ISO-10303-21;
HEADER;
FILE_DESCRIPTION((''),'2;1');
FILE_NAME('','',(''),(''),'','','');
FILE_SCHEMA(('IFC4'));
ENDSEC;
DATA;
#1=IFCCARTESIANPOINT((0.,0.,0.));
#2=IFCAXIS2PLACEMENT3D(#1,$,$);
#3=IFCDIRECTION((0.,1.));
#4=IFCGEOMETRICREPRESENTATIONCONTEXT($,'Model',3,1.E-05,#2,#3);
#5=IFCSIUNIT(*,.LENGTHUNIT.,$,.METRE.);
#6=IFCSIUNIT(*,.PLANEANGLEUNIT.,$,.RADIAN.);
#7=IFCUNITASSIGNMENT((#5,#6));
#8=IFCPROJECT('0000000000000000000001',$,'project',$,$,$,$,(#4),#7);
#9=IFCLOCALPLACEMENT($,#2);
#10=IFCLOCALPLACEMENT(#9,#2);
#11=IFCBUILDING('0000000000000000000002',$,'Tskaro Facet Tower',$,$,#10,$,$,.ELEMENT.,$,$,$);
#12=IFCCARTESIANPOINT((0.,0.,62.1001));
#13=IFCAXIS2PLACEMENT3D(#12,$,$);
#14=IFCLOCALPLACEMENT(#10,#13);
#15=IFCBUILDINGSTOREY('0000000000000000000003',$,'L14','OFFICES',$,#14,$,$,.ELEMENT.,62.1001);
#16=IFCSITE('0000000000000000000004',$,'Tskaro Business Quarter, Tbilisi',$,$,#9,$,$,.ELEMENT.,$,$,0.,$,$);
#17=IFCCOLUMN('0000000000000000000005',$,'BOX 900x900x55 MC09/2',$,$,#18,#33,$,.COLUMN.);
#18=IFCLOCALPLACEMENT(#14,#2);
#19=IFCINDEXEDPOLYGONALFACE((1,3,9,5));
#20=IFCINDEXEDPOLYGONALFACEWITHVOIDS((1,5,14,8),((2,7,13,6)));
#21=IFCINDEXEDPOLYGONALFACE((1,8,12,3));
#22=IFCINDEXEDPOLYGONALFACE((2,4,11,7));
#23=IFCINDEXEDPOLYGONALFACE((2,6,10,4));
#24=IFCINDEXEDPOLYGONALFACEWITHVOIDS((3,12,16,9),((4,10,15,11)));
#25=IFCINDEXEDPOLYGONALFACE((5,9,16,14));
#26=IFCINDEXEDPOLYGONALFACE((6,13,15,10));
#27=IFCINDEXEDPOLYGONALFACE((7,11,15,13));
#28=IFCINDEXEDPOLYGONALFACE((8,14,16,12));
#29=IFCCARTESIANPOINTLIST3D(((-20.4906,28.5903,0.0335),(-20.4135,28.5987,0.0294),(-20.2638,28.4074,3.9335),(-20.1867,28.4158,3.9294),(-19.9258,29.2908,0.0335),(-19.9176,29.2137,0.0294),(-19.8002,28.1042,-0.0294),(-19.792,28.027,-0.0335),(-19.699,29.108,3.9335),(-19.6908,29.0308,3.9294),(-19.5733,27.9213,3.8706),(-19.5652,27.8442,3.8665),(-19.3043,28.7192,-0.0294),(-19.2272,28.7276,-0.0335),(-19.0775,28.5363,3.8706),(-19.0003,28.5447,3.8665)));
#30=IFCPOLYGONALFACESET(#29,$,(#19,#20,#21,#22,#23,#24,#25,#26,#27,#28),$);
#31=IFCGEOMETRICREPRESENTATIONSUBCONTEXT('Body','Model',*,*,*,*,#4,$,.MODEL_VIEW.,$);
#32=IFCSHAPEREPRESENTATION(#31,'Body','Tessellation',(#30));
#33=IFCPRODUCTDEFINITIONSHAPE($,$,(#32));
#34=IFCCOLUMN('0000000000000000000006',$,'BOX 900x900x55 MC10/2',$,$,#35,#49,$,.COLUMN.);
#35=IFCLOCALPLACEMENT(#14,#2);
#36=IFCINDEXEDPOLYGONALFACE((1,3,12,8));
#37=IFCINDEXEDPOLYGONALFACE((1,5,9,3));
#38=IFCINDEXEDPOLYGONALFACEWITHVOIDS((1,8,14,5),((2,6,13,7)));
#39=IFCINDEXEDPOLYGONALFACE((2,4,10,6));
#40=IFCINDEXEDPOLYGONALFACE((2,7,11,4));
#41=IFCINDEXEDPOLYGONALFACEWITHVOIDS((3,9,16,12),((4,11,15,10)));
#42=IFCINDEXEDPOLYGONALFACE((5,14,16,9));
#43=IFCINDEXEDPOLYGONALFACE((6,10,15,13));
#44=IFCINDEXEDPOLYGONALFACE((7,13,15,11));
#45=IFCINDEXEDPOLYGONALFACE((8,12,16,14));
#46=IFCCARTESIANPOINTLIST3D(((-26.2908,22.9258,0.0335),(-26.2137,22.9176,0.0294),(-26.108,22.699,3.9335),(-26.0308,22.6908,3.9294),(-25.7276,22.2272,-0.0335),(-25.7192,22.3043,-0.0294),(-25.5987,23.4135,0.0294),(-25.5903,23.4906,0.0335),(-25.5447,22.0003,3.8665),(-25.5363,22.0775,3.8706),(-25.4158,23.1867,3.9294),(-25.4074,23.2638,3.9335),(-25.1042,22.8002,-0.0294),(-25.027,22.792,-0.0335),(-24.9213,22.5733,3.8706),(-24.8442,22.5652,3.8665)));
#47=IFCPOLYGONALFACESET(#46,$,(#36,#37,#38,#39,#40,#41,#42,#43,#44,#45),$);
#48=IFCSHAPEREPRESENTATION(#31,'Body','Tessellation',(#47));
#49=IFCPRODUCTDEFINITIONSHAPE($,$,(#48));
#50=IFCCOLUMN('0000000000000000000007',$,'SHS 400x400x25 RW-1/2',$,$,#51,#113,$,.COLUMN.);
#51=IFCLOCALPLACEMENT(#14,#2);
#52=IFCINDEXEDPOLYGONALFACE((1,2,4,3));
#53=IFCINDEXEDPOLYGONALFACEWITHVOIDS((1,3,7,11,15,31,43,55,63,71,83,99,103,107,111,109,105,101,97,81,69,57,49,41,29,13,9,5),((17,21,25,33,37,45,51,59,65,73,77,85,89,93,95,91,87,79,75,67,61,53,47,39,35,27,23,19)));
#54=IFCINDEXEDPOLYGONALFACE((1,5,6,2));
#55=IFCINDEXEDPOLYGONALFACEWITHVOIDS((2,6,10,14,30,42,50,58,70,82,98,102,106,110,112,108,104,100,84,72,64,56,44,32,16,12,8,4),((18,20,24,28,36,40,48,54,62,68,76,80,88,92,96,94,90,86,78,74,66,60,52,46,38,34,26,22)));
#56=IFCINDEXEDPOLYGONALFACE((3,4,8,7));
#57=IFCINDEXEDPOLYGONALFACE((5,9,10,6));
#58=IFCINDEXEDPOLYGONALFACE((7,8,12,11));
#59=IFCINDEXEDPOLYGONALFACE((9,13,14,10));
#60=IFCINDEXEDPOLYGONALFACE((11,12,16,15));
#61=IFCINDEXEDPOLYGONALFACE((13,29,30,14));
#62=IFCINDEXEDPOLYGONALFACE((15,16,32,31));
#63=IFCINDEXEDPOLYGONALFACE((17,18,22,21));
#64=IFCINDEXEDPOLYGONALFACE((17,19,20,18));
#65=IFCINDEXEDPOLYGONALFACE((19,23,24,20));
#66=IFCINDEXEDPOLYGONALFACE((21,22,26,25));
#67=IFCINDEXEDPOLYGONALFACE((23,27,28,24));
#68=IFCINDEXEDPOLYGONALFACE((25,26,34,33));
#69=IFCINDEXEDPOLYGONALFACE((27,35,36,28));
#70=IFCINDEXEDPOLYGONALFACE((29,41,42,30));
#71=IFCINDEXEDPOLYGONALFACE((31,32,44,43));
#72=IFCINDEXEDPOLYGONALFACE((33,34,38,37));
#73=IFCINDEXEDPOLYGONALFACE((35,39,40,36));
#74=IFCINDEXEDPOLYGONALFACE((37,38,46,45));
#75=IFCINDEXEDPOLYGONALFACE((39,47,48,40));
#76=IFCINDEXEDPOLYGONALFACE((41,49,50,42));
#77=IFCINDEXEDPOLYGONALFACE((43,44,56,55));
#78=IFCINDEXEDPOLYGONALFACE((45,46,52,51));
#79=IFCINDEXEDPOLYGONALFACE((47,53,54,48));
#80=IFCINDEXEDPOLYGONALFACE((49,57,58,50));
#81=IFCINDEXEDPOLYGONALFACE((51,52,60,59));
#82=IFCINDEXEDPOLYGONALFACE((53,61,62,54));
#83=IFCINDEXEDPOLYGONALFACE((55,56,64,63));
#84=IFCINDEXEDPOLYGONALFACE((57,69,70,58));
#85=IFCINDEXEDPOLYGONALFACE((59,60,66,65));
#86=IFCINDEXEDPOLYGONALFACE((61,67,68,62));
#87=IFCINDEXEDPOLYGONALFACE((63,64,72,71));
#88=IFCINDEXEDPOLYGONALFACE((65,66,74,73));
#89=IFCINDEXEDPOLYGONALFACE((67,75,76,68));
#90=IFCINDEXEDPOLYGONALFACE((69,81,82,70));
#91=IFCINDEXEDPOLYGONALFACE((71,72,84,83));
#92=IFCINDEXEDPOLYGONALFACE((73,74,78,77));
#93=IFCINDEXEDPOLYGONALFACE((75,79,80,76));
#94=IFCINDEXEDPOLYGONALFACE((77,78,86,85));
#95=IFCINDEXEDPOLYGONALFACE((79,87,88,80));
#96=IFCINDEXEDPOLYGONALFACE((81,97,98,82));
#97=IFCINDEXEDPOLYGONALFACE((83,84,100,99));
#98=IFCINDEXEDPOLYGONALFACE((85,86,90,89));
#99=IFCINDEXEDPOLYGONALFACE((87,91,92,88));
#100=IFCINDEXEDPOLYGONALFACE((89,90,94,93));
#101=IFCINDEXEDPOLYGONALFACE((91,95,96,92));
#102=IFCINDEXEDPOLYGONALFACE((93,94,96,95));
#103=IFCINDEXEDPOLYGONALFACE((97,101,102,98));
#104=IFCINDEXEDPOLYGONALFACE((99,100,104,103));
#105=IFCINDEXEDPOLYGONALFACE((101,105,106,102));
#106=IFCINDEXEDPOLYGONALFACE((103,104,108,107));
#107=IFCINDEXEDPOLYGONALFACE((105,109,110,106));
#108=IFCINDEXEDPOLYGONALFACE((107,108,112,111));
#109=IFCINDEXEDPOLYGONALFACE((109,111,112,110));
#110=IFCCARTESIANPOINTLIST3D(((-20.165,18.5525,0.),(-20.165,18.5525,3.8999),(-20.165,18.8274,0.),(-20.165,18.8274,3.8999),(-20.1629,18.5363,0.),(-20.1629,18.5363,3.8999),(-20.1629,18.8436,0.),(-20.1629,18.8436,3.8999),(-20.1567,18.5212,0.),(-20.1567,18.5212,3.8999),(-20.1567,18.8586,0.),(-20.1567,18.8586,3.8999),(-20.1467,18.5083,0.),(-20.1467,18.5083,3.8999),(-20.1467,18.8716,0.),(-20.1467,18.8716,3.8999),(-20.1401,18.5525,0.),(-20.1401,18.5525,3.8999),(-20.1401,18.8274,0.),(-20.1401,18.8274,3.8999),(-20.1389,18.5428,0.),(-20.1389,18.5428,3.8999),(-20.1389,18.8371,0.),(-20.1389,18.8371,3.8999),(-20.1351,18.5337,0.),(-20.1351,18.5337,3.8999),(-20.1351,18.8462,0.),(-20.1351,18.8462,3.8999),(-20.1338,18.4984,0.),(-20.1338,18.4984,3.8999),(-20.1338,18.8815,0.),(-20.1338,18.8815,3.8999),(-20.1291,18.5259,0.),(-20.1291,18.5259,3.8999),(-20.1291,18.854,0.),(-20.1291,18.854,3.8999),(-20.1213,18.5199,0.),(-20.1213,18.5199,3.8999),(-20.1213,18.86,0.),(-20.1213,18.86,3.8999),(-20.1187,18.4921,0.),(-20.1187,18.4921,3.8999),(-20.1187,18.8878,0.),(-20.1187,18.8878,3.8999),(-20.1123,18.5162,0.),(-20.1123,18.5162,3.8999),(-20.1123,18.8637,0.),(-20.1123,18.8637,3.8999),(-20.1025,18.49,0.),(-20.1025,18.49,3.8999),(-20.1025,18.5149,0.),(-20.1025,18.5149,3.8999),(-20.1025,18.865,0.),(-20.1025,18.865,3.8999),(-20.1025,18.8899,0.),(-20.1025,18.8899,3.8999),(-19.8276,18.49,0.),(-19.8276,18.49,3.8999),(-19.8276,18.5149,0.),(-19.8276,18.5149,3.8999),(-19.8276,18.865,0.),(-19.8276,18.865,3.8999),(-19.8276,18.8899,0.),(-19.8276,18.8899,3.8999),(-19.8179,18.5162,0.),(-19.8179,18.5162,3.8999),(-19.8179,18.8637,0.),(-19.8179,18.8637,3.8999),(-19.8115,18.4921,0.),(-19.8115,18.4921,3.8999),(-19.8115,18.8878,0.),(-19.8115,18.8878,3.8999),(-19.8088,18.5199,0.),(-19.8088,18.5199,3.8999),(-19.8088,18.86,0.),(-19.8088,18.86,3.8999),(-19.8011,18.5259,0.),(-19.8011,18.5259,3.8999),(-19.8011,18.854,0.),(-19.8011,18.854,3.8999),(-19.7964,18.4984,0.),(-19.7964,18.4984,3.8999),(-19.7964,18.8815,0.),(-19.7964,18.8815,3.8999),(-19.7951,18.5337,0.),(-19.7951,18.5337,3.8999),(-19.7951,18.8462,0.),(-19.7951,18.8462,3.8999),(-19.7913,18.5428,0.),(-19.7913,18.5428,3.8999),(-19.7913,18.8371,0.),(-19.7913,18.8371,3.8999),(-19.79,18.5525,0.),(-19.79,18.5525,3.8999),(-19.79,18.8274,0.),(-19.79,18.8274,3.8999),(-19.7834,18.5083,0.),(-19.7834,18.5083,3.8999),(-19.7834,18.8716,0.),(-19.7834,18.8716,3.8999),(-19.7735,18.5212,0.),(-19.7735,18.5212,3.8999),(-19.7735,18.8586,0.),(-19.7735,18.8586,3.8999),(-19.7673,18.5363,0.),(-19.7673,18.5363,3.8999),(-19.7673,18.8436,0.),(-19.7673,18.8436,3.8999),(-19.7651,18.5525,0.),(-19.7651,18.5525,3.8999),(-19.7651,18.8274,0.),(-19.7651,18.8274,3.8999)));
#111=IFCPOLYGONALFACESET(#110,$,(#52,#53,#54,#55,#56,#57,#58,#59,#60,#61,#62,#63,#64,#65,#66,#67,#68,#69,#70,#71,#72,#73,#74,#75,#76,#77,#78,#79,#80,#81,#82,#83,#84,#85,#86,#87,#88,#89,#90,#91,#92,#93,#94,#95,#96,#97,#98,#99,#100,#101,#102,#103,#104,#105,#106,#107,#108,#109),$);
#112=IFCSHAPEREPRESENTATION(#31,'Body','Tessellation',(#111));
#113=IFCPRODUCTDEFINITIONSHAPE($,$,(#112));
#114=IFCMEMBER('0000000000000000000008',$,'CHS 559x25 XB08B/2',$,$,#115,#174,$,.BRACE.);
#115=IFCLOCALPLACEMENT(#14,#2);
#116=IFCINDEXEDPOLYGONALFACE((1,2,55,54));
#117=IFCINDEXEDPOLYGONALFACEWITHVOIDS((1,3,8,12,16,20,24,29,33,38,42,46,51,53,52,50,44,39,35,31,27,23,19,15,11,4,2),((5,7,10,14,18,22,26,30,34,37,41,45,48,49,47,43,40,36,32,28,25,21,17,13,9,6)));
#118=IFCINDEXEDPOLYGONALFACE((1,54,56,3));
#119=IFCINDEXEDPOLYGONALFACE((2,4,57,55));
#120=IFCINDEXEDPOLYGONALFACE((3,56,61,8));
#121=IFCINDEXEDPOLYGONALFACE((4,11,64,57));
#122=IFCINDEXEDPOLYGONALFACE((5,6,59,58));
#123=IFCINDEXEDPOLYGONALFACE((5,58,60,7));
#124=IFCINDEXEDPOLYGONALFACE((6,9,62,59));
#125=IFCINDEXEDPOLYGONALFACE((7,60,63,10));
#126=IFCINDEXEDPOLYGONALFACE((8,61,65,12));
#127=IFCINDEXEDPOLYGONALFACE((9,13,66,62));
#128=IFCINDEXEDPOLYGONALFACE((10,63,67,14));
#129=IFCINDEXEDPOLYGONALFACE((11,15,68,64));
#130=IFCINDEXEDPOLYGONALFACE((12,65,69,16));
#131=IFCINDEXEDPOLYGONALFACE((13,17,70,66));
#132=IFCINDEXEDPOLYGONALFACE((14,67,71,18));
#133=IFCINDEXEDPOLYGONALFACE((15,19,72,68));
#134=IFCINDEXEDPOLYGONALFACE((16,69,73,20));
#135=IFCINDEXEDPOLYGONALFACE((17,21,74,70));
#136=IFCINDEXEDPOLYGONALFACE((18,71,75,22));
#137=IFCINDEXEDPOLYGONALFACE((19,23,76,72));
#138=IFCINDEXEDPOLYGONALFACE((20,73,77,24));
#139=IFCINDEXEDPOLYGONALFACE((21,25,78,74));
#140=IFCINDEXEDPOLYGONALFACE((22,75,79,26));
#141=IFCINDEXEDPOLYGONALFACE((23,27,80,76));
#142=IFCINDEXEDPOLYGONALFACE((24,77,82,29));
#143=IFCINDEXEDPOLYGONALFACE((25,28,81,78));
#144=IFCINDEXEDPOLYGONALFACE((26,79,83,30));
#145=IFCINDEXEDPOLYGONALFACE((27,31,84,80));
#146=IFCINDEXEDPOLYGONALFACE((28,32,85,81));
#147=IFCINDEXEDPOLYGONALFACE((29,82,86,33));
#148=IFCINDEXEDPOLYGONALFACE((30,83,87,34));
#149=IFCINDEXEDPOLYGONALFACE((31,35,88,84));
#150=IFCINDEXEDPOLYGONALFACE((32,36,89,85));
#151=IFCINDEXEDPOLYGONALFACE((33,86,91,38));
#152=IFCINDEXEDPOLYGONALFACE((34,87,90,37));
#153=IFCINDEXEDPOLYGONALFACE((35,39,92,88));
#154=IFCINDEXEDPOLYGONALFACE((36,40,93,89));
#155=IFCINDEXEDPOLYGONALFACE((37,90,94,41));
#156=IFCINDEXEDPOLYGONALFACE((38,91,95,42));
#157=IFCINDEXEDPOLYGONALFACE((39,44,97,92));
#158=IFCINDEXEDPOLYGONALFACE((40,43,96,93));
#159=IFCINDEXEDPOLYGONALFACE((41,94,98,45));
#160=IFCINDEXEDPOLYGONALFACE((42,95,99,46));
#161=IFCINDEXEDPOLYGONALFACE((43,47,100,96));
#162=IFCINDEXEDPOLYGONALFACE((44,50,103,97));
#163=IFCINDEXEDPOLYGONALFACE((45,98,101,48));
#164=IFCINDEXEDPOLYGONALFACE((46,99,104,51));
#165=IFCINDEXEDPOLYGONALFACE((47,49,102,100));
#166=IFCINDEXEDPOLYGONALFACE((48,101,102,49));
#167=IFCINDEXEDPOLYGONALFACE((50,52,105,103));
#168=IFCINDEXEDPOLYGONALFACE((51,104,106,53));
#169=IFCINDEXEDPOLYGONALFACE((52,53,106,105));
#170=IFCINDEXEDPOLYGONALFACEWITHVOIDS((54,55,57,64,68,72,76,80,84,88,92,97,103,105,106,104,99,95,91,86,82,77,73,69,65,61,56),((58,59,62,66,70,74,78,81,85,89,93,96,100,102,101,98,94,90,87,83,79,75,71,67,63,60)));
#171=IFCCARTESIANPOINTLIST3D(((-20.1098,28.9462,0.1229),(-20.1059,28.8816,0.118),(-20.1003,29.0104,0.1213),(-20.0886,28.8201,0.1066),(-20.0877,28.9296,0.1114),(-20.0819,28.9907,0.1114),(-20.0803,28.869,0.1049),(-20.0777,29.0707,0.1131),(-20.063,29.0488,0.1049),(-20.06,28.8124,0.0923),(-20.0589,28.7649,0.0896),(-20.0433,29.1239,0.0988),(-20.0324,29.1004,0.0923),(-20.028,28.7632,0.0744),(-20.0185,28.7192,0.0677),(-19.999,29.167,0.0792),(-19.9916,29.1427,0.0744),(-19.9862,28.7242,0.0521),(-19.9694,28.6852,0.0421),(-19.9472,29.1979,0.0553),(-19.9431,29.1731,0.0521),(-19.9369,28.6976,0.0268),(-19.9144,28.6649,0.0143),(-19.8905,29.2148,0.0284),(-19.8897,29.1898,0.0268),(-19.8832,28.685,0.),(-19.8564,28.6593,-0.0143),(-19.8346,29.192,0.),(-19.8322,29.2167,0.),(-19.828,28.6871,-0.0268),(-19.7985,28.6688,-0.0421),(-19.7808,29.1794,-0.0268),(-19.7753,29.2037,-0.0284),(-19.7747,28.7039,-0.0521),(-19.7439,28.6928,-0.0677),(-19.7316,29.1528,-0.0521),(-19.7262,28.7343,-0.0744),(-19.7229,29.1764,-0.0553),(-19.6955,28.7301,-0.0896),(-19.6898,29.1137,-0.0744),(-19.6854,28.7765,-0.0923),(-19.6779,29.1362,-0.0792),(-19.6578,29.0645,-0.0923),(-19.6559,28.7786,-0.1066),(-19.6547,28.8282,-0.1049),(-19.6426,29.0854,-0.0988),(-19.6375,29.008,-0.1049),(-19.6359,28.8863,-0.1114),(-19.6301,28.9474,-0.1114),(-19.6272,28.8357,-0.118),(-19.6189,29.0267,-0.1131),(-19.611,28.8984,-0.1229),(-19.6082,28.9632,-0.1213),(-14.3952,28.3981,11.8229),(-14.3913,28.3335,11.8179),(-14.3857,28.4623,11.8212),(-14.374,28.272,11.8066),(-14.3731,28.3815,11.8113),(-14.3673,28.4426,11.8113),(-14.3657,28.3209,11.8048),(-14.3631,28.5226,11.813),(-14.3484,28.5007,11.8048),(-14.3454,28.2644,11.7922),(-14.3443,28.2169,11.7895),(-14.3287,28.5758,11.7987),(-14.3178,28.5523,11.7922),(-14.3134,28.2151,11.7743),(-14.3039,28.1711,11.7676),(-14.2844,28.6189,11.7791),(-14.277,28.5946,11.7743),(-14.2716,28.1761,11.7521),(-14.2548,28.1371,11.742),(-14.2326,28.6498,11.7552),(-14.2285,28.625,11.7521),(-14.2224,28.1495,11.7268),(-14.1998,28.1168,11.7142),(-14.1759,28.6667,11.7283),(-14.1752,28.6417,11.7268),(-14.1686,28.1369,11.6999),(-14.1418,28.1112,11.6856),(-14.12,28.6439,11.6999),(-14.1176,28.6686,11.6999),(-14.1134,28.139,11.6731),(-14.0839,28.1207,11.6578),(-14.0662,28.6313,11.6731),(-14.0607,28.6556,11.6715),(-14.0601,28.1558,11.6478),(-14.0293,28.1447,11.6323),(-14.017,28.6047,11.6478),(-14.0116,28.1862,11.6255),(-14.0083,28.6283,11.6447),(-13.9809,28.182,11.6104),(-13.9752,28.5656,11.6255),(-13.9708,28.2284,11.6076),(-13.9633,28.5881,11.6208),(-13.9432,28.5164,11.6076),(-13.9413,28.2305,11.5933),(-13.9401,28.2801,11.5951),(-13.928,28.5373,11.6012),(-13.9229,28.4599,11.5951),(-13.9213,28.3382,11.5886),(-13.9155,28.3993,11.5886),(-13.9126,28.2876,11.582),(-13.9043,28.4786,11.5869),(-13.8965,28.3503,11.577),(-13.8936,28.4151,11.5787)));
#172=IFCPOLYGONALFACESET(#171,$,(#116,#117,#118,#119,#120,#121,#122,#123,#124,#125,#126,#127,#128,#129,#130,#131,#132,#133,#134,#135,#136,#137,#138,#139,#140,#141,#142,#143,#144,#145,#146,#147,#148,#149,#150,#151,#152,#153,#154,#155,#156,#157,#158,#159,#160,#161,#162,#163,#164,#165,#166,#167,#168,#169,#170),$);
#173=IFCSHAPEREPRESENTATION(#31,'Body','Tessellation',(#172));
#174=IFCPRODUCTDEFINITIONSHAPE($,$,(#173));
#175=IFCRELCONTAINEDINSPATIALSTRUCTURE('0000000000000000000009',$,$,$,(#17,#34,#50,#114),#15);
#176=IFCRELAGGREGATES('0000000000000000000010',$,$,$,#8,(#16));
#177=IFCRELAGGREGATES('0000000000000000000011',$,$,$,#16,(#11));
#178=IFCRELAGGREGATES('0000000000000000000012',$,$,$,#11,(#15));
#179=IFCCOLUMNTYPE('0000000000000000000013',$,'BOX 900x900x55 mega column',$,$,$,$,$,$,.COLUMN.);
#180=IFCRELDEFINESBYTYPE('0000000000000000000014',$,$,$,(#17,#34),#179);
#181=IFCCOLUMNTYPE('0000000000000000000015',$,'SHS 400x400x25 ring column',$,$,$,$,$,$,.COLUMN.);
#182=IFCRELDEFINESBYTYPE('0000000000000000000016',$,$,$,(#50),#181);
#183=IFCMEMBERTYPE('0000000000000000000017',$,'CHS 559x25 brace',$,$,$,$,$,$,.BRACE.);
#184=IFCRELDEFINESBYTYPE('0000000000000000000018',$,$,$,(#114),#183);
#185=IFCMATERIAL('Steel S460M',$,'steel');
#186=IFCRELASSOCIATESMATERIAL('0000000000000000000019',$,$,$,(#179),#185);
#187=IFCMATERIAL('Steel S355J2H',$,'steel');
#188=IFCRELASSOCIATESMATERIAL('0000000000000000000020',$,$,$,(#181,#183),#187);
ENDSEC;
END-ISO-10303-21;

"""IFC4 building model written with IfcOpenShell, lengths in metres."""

from ifc_helpers import new_model, si_unit, direction, frame, origin, origin_2d, place, context, subcontext, project, spatial, hollow_rectangle, hollow_circle, extrude, material, material_profile, profile_set, type_object, element, save


model = new_model("IFC4")

# Units and contexts
model_context = context("Model", 3, precision=1e-05, world=origin(), true_north=direction((0.0, 1.0)))
body_context = subcontext(model_context, "Body", "Model", "MODEL_VIEW")
ifc_project = project(units=[si_unit("LENGTHUNIT", "METRE"), si_unit("PLANEANGLEUNIT", "RADIAN")], contexts=[model_context])

# Site, building, storey
site_placement = place(None, origin())
site = spatial("IfcSite", under=ifc_project, at=site_placement, Name="Tskaro Business Quarter, Tbilisi", CompositionType="ELEMENT", RefElevation=0.0)
building_placement = place(site_placement, origin())
building = spatial("IfcBuilding", under=site, at=building_placement, Name="Tskaro Facet Tower", CompositionType="ELEMENT")
storey_placement = place(building_placement, frame((0.0, 0.0, 62.1001)))
storey = spatial("IfcBuildingStorey", under=building, at=storey_placement, Name="L14", Description="OFFICES", CompositionType="ELEMENT", Elevation=62.1001)

# Columns
ifc_material_1 = material(Name="Steel S460M", Category="steel")
ifc_material_profile_1 = material_profile(ifc_material_1, hollow_rectangle(XDim=0.8999, YDim=0.8999, WallThickness=0.0549, at=origin_2d()), Name="BOX 900x900x55")
ifc_profile_set_1 = profile_set([ifc_material_profile_1], Name="Steel S460M")
column_type_1 = type_object("IfcColumnType", Name="BOX 900x900x55 mega column", PredefinedType="COLUMN", material=ifc_profile_set_1)
for number, where, z_axis, x_axis, name in (
    (1, (-19.8589, 28.6589, 0.0), (0.057995, -0.046758, 0.997221), (0.627654, 0.778492, 0.0), "BOX 900x900x55 MC09/2"),
    (2, (-25.6589, 22.8589, 0.0), (0.046758, -0.057995, 0.997221), (0.778492, 0.627654, 0.0), "BOX 900x900x55 MC10/2"),
):
    element("IfcColumn", number, at=place(storey_placement, frame(where, z_axis=z_axis, x_axis=x_axis)), inside=storey, type_object=column_type_1, Name=name, PredefinedType="COLUMN", context=body_context, shape_type="SweptSolid", body=[
        extrude(hollow_rectangle(XDim=0.8999, YDim=0.8999, WallThickness=0.0549, at=origin_2d()), origin(), (0.0, 0.0, 1.0), 3.9109),
    ])
ifc_material_2 = material(Name="Steel S355J2H", Category="steel")
ifc_material_profile_2 = material_profile(ifc_material_2, hollow_rectangle(XDim=0.3999, YDim=0.3999, WallThickness=0.0249, InnerFilletRadius=0.0376, OuterFilletRadius=0.0625, at=origin_2d()), Name="SHS 400x400x25")
ifc_profile_set_2 = profile_set([ifc_material_profile_2], Name="Steel S355J2H")
column_type_2 = type_object("IfcColumnType", Name="SHS 400x400x25 ring column", PredefinedType="COLUMN", material=ifc_profile_set_2)
column_placement = place(storey_placement, frame((-19.9651, 18.6899, 0.0), z_axis=(0.0, 0.0, 1.0), x_axis=(1.0, 0.0, 0.0)))
element("IfcColumn", 3, at=column_placement, inside=storey, type_object=column_type_2, Name="SHS 400x400x25 RW-1/2", PredefinedType="COLUMN", context=body_context, shape_type="SweptSolid", body=[
    extrude(hollow_rectangle(XDim=0.3999, YDim=0.3999, WallThickness=0.0249, InnerFilletRadius=0.0376, OuterFilletRadius=0.0625, at=origin_2d()), origin(), (0.0, 0.0, 1.0), 3.8999),
])

# Member
ifc_material_profile_3 = material_profile(ifc_material_2, hollow_circle(Radius=0.2795, WallThickness=0.0249, at=origin_2d()), Name="CHS 559x25")
ifc_profile_set_3 = profile_set([ifc_material_profile_3], Name="Steel S355J2H")
member_type_1 = type_object("IfcMemberType", Name="CHS 559x25 brace", PredefinedType="BRACE", material=ifc_profile_set_3)
member_1_placement = place(storey_placement, frame((-19.8589, 28.9385, 0.0), z_axis=(0.438489, -0.042056, 0.897752), x_axis=(0.095473, 0.995432, 0.0)))
element("IfcMember", 4, at=member_1_placement, inside=storey, type_object=member_type_1, Name="CHS 559x25 XB08B/2", PredefinedType="BRACE", context=body_context, shape_type="SweptSolid", body=[
    extrude(hollow_circle(Radius=0.2795, WallThickness=0.0249, at=origin_2d()), origin(), (0.0, 0.0, 1.0), 13.0325),
])

save(model, "model.ifc")
